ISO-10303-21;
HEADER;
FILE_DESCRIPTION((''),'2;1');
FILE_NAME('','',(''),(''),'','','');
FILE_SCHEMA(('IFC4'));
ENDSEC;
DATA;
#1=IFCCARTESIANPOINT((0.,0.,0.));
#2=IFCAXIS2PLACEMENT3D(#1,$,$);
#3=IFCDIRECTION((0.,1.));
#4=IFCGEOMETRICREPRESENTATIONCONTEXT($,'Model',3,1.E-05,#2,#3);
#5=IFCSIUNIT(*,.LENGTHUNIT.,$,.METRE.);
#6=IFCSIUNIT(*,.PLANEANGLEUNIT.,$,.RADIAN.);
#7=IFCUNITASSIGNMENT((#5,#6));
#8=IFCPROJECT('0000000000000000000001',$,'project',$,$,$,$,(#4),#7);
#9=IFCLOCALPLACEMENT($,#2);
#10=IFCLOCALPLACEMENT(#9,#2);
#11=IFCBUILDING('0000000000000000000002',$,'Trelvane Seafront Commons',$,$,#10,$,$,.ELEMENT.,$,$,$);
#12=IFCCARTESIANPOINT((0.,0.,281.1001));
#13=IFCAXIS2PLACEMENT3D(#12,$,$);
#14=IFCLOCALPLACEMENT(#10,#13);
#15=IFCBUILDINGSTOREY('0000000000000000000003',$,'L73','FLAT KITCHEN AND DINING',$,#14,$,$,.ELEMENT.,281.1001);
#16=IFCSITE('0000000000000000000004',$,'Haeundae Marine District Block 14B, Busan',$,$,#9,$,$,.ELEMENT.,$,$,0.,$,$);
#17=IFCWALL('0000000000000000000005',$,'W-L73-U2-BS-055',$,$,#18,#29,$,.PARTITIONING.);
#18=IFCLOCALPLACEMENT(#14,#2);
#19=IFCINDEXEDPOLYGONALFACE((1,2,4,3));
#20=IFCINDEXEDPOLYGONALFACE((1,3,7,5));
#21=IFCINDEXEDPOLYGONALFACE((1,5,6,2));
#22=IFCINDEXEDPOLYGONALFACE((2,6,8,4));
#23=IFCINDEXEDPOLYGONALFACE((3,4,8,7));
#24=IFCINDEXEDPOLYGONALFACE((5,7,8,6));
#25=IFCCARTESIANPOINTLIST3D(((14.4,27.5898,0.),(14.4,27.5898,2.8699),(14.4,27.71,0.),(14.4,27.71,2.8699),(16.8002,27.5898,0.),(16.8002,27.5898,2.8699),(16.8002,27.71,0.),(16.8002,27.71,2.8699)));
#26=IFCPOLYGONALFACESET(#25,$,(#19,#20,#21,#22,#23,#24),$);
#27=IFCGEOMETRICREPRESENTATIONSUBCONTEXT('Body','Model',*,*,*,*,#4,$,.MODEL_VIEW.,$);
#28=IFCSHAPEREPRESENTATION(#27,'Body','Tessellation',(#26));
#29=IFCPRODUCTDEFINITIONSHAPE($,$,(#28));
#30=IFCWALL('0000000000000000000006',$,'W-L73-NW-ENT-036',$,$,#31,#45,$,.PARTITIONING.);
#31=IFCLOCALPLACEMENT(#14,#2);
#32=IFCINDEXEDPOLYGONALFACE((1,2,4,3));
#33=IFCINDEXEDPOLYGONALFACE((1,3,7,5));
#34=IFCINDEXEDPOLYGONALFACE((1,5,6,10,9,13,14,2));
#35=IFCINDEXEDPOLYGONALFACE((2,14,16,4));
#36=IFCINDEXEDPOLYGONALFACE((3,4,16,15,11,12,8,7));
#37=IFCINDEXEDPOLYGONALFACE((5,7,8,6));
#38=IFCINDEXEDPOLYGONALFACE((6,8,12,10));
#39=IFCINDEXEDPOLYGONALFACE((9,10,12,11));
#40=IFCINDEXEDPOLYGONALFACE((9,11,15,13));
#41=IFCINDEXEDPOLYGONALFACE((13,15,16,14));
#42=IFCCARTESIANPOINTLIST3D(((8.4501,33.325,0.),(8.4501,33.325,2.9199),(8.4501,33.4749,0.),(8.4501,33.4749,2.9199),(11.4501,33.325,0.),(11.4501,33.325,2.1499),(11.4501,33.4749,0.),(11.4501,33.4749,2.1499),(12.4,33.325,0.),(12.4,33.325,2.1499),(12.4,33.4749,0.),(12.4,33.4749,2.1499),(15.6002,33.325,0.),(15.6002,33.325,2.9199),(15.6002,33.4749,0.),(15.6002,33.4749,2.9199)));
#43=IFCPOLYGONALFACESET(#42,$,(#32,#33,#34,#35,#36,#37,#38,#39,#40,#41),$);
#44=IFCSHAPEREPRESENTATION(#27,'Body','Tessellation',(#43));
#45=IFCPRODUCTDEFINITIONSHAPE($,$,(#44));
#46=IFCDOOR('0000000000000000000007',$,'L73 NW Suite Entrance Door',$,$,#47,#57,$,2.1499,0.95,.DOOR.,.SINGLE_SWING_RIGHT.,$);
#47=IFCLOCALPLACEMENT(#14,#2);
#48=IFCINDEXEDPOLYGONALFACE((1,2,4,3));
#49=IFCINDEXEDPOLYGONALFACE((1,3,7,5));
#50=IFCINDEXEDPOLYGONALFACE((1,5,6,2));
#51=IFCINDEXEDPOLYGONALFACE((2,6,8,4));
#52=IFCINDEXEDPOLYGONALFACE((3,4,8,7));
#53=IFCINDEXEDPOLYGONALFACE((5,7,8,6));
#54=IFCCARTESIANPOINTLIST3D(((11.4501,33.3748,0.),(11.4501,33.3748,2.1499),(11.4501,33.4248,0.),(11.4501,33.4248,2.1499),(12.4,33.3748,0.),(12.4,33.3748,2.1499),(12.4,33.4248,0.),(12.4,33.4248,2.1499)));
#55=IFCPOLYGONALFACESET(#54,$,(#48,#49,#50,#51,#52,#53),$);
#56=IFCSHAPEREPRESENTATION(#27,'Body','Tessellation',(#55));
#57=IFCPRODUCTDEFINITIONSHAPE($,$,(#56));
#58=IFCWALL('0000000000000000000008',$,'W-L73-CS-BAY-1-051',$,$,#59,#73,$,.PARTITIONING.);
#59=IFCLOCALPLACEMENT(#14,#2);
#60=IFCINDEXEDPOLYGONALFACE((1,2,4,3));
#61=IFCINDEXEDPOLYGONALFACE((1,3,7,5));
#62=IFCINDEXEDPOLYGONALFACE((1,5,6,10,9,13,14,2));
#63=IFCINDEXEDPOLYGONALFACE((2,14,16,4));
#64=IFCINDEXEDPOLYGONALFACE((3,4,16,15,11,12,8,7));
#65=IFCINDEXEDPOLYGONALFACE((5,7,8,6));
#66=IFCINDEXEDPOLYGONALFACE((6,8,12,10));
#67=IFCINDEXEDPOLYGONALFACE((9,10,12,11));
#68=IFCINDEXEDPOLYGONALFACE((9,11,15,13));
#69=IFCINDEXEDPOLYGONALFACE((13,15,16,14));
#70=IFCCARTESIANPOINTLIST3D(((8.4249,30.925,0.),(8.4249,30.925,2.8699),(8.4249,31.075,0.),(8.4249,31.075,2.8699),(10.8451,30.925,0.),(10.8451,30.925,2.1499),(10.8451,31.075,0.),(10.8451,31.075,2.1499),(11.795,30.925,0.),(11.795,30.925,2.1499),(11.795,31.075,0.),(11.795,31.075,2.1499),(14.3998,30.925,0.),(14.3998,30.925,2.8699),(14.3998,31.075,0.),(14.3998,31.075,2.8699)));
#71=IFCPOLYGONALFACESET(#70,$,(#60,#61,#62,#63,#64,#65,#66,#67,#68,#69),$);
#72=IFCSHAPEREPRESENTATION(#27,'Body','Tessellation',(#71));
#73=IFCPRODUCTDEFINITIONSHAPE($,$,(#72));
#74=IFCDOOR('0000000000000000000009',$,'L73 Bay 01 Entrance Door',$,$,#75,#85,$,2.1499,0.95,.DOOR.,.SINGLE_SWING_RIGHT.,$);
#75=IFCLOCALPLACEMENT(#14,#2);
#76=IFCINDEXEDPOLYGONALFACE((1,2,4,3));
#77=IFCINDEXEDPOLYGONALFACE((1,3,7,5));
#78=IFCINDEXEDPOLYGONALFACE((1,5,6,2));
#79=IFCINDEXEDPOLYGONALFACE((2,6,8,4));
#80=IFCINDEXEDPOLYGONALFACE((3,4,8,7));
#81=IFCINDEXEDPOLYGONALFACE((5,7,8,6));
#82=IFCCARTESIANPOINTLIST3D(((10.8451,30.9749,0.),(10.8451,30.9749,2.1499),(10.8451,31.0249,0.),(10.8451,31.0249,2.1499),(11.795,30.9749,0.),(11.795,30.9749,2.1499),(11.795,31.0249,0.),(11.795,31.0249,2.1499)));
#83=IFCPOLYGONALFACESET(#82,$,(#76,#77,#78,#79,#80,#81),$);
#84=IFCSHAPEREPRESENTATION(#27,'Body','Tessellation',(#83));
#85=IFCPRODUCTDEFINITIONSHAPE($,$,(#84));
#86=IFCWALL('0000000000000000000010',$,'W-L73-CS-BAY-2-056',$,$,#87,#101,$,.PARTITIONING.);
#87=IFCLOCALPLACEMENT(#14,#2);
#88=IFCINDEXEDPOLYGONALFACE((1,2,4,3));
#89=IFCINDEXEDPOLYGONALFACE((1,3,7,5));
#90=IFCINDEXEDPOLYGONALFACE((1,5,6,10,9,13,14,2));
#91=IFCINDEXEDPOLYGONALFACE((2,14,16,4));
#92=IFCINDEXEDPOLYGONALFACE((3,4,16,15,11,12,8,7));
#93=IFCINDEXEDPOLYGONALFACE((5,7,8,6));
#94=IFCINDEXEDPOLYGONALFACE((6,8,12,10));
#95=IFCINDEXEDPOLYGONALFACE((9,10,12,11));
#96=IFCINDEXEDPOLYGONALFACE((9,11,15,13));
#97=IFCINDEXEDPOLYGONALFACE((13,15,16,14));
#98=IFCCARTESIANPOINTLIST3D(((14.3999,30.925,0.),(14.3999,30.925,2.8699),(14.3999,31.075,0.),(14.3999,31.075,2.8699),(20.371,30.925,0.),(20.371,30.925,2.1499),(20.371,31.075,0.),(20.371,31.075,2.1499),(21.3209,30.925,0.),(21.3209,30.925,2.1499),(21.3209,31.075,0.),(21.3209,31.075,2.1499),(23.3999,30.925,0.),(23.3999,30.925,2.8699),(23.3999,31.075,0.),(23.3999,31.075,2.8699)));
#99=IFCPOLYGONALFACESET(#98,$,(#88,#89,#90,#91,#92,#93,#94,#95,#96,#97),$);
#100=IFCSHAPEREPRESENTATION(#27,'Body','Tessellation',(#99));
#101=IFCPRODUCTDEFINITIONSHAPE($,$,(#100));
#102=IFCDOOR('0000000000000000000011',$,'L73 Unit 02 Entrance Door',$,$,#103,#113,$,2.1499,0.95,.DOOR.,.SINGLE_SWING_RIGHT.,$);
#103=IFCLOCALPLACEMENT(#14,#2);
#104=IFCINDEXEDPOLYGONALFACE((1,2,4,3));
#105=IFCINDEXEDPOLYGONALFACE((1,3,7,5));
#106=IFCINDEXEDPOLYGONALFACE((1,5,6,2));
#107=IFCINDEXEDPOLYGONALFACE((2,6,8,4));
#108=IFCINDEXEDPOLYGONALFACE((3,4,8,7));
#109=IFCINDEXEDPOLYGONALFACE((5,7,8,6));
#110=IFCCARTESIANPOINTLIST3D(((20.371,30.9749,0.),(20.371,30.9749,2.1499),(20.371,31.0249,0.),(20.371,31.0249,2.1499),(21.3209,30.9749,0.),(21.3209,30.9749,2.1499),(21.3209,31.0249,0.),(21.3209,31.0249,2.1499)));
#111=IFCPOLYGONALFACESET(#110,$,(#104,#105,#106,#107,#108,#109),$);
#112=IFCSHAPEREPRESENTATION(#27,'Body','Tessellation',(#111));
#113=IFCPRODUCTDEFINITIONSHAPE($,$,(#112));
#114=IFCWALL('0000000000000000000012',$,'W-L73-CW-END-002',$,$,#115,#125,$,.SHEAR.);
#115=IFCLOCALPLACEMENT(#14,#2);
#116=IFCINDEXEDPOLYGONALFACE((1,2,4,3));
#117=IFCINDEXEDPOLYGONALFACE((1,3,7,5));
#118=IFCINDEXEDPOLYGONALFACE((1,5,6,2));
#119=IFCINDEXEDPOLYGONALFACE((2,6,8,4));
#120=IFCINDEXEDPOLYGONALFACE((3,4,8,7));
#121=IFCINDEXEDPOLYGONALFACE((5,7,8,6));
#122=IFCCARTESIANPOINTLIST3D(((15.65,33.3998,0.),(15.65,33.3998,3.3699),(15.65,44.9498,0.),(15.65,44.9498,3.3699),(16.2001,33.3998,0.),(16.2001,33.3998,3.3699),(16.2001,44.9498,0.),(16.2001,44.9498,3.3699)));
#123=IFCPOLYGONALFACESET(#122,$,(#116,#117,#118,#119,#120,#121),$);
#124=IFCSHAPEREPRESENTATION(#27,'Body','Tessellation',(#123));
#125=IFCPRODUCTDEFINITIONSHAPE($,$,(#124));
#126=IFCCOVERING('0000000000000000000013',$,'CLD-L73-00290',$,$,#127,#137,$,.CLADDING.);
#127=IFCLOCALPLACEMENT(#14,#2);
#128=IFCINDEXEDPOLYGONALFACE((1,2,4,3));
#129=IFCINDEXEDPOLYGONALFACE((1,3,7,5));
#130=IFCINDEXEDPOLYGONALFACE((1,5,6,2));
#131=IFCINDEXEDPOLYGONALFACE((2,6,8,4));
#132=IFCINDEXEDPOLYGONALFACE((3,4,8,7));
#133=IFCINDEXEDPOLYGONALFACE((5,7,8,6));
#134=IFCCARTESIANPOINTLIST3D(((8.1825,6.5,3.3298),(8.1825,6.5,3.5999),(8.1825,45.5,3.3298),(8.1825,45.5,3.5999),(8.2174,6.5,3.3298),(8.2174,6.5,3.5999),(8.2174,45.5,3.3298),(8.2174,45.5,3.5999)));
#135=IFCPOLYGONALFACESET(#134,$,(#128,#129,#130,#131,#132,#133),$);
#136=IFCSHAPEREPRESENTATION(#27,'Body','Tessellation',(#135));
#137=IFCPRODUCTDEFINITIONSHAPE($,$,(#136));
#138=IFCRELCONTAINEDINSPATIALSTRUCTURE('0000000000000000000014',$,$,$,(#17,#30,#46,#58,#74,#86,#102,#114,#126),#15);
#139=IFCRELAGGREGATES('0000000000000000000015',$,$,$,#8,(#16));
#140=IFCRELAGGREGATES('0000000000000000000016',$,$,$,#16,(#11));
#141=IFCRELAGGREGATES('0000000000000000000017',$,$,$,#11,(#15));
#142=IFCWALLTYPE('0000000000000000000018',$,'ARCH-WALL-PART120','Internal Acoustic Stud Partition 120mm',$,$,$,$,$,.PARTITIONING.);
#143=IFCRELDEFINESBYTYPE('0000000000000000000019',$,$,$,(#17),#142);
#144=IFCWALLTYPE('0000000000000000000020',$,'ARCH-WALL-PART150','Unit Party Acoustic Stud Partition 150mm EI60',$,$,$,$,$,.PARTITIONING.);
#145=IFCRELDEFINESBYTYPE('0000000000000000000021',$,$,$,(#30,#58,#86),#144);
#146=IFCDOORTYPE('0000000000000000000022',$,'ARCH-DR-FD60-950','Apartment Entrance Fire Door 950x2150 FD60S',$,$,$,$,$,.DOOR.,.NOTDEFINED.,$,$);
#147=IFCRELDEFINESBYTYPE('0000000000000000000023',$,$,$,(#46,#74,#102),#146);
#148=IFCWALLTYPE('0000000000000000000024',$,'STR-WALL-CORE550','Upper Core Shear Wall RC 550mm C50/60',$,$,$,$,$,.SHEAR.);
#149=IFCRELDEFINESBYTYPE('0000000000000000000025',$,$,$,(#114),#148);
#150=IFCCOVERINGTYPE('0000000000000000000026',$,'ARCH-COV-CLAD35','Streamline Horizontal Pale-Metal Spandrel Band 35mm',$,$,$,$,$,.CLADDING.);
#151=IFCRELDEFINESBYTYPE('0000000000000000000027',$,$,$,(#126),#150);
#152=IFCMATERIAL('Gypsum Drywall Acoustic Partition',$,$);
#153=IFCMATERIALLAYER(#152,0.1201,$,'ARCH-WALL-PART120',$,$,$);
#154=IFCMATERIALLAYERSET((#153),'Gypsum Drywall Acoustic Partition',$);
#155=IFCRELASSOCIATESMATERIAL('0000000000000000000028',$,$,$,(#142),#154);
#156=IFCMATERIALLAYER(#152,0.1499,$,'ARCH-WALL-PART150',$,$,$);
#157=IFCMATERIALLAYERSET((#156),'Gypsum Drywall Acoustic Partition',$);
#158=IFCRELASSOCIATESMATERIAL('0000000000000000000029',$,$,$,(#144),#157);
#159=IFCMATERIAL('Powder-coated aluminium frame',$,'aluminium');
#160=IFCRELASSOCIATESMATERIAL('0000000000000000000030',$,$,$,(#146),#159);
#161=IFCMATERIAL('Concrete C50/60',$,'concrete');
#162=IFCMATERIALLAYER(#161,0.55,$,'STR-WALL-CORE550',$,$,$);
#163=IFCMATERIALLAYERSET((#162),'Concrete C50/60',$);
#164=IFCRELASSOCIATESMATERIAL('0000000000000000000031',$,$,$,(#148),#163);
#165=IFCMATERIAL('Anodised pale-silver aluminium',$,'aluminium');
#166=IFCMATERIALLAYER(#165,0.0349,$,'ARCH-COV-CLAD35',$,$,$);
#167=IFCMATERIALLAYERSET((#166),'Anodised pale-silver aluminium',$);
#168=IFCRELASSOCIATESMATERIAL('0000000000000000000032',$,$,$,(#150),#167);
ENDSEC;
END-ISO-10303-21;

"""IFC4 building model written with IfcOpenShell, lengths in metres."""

from ifc_helpers import new_model, si_unit, direction, frame, frame_2d, origin, origin_2d, place, context, subcontext, project, spatial, rectangle, extrude, source, transform, mapped, material, layer, layer_set, type_object, element, fill, save


model = new_model("IFC4")

# Units and contexts
model_context = context("Model", 3, precision=1e-05, world=origin(), true_north=direction((0.0, 1.0)))
body_context = subcontext(model_context, "Body", "Model", "MODEL_VIEW")
ifc_project = project(units=[si_unit("LENGTHUNIT", "METRE"), si_unit("PLANEANGLEUNIT", "RADIAN")], contexts=[model_context])

# Site, building, storey
site_placement = place(None, origin())
site = spatial("IfcSite", under=ifc_project, at=site_placement, Name="Haeundae Marine District Block 14B, Busan", CompositionType="ELEMENT", RefElevation=0.0)
building_placement = place(site_placement, origin())
building = spatial("IfcBuilding", under=site, at=building_placement, Name="Trelvane Seafront Commons", CompositionType="ELEMENT")
storey_placement = place(building_placement, frame((0.0, 0.0, 281.1001)))
storey = spatial("IfcBuildingStorey", under=building, at=storey_placement, Name="L73", Description="FLAT KITCHEN AND DINING", CompositionType="ELEMENT", Elevation=281.1001)

# Shared definitions
ifc_material_1 = material(Name="Concrete C50/60", Category="concrete")

# Shared definitions
ifc_material_2 = material(Name="Gypsum Drywall Acoustic Partition")
ifc_layer_1 = layer(ifc_material_2, 0.1201, Name="ARCH-WALL-PART120")
ifc_layer_set_1 = layer_set([ifc_layer_1], Name="Gypsum Drywall Acoustic Partition")
wall_type_1 = type_object("IfcWallType", Name="ARCH-WALL-PART120", Description="Internal Acoustic Stud Partition 120mm", PredefinedType="PARTITIONING", material=ifc_layer_set_1)
shared_shape_1 = source(origin(), body_context, "Body", "SweptSolid", [
    extrude(rectangle(XDim=0.95, YDim=2.1499, at=frame_2d((0.4751, 1.075))), frame((0.0, 0.0249, 0.0), z_axis=(0.0, -1.0, 0.0), x_axis=(1.0, 0.0, 0.0)), (0.0, 0.0, 1.0), 0.05),
])

# Wall
wall_1_placement = place(storey_placement, frame((14.3999, 27.6499, 0.0), z_axis=(0.0, 0.0, 1.0), x_axis=(1.0, 0.0, 0.0)))
element("IfcWall", 1, at=wall_1_placement, inside=storey, type_object=wall_type_1, Name="W-L73-U2-BS-055", PredefinedType="PARTITIONING", context=body_context, shape_type="SweptSolid", body=[
    extrude(rectangle(XDim=2.4001, YDim=0.1201, at=frame_2d((1.2002, 0.0))), origin(), (0.0, 0.0, 1.0), 2.8699),
])

# Walls, openings, doors
ifc_layer_2 = layer(ifc_material_2, 0.1499, Name="ARCH-WALL-PART150")
ifc_layer_set_2 = layer_set([ifc_layer_2], Name="Gypsum Drywall Acoustic Partition")
wall_type_2 = type_object("IfcWallType", Name="ARCH-WALL-PART150", Description="Unit Party Acoustic Stud Partition 150mm EI60", PredefinedType="PARTITIONING", material=ifc_layer_set_2)
wall_2_placement = place(storey_placement, frame((8.45, 33.3999, 0.0), z_axis=(0.0, 0.0, 1.0), x_axis=(1.0, 0.0, 0.0)))
wall_2 = element("IfcWall", 2, at=wall_2_placement, inside=storey, type_object=wall_type_2, Name="W-L73-NW-ENT-036", PredefinedType="PARTITIONING", context=body_context, shape_type="SweptSolid", body=[
    extrude(rectangle(XDim=7.1501, YDim=0.1499, at=frame_2d((3.5752, 0.0))), origin(), (0.0, 0.0, 1.0), 2.9199),
])
opening_1_placement = place(wall_2_placement, frame((3.0, 0.0, 0.0)))
opening_1 = element("IfcOpeningElement", 3, at=opening_1_placement, cuts=wall_2, PredefinedType="OPENING", context=body_context, shape_type="SweptSolid", body=[
    extrude(rectangle(XDim=0.95, YDim=2.1499, at=frame_2d((0.4751, 1.075))), frame((0.0, 0.085, 0.0), z_axis=(0.0, -1.0, 0.0), x_axis=(1.0, 0.0, 0.0)), (0.0, 0.0, 1.0), 0.1699),
])
ifc_material_3 = material(Name="Powder-coated aluminium frame", Category="aluminium")
door_type_1 = type_object("IfcDoorType", Name="ARCH-DR-FD60-950", Description="Apartment Entrance Fire Door 950x2150 FD60S", OperationType="NOTDEFINED", PredefinedType="DOOR", material=ifc_material_3)
door_1_placement = place(opening_1_placement, origin())
door_1 = element("IfcDoor", 4, at=door_1_placement, inside=storey, type_object=door_type_1, Name="L73 NW Suite Entrance Door", OperationType="SINGLE_SWING_RIGHT", OverallHeight=2.1499, OverallWidth=0.95, PredefinedType="DOOR", context=body_context, shape_type="MappedRepresentation", body=[
    mapped(shared_shape_1, transform((0.0, 0.0, 0.0), x_axis=(1.0, 0.0, 0.0), y_axis=(0.0, 1.0, 0.0), z_axis=(0.0, 0.0, 1.0), scale=1.0)),
])
fill(opening_1, door_1)
wall_3_placement = place(storey_placement, frame((8.425, 31.0, 0.0), z_axis=(0.0, 0.0, 1.0), x_axis=(1.0, 0.0, 0.0)))
wall_3 = element("IfcWall", 5, at=wall_3_placement, inside=storey, type_object=wall_type_2, Name="W-L73-CS-BAY-1-051", PredefinedType="PARTITIONING", context=body_context, shape_type="SweptSolid", body=[
    extrude(rectangle(XDim=5.9749, YDim=0.1499, at=frame_2d((2.9873, 0.0))), origin(), (0.0, 0.0, 1.0), 2.8699),
])
opening_2_placement = place(wall_3_placement, frame((2.4199, 0.0, 0.0)))
opening_2 = element("IfcOpeningElement", 6, at=opening_2_placement, cuts=wall_3, PredefinedType="OPENING", context=body_context, shape_type="SweptSolid", body=[
    extrude(rectangle(XDim=0.95, YDim=2.1499, at=frame_2d((0.4751, 1.075))), frame((0.0, 0.085, 0.0), z_axis=(0.0, -1.0, 0.0), x_axis=(1.0, 0.0, 0.0)), (0.0, 0.0, 1.0), 0.1699),
])
door_2_placement = place(opening_2_placement, origin())
door_2 = element("IfcDoor", 7, at=door_2_placement, inside=storey, type_object=door_type_1, Name="L73 Bay 01 Entrance Door", OperationType="SINGLE_SWING_RIGHT", OverallHeight=2.1499, OverallWidth=0.95, PredefinedType="DOOR", context=body_context, shape_type="MappedRepresentation", body=[
    mapped(shared_shape_1, transform((0.0, 0.0, 0.0), x_axis=(1.0, 0.0, 0.0), y_axis=(0.0, 1.0, 0.0), z_axis=(0.0, 0.0, 1.0), scale=1.0)),
])
fill(opening_2, door_2)
wall_4_placement = place(storey_placement, frame((14.3999, 31.0, 0.0), z_axis=(0.0, 0.0, 1.0), x_axis=(1.0, 0.0, 0.0)))
wall_4 = element("IfcWall", 8, at=wall_4_placement, inside=storey, type_object=wall_type_2, Name="W-L73-CS-BAY-2-056", PredefinedType="PARTITIONING", context=body_context, shape_type="SweptSolid", body=[
    extrude(rectangle(XDim=9.0, YDim=0.1499, at=frame_2d((4.5, 0.0))), origin(), (0.0, 0.0, 1.0), 2.8699),
])
opening_3_placement = place(wall_4_placement, frame((5.9709, 0.0, 0.0)))
opening_3 = element("IfcOpeningElement", 9, at=opening_3_placement, cuts=wall_4, PredefinedType="OPENING", context=body_context, shape_type="SweptSolid", body=[
    extrude(rectangle(XDim=0.95, YDim=2.1499, at=frame_2d((0.4751, 1.075))), frame((0.0, 0.085, 0.0), z_axis=(0.0, -1.0, 0.0), x_axis=(1.0, 0.0, 0.0)), (0.0, 0.0, 1.0), 0.1699),
])
door_3_placement = place(opening_3_placement, origin())
door_3 = element("IfcDoor", 10, at=door_3_placement, inside=storey, type_object=door_type_1, Name="L73 Unit 02 Entrance Door", OperationType="SINGLE_SWING_RIGHT", OverallHeight=2.1499, OverallWidth=0.95, PredefinedType="DOOR", context=body_context, shape_type="MappedRepresentation", body=[
    mapped(shared_shape_1, transform((0.0, 0.0, 0.0), x_axis=(1.0, 0.0, 0.0), y_axis=(0.0, 1.0, 0.0), z_axis=(0.0, 0.0, 1.0), scale=1.0)),
])
fill(opening_3, door_3)

# Wall
ifc_layer_3 = layer(ifc_material_1, 0.55, Name="STR-WALL-CORE550")
ifc_layer_set_3 = layer_set([ifc_layer_3], Name="Concrete C50/60")
wall_type_3 = type_object("IfcWallType", Name="STR-WALL-CORE550", Description="Upper Core Shear Wall RC 550mm C50/60", PredefinedType="SHEAR", material=ifc_layer_set_3)
wall_5_placement = place(storey_placement, frame((15.925, 33.3999, 0.0), z_axis=(0.0, 0.0, 1.0), x_axis=(0.0, 1.0, 0.0)))
element("IfcWall", 11, at=wall_5_placement, inside=storey, type_object=wall_type_3, Name="W-L73-CW-END-002", PredefinedType="SHEAR", context=body_context, shape_type="SweptSolid", body=[
    extrude(rectangle(XDim=11.55, YDim=0.55, at=frame_2d((5.7749, 0.0))), origin(), (0.0, 0.0, 1.0), 3.3699),
])

# Covering
ifc_material_4 = material(Name="Anodised pale-silver aluminium", Category="aluminium")
ifc_layer_4 = layer(ifc_material_4, 0.0349, Name="ARCH-COV-CLAD35")
ifc_layer_set_4 = layer_set([ifc_layer_4], Name="Anodised pale-silver aluminium")
covering_type = type_object("IfcCoveringType", Name="ARCH-COV-CLAD35", Description="Streamline Horizontal Pale-Metal Spandrel Band 35mm", PredefinedType="CLADDING", material=ifc_layer_set_4)
shared_shape_2 = source(origin(), body_context, "Body", "SweptSolid", [
    extrude(rectangle(XDim=39.0, YDim=0.0349, at=origin_2d()), origin(), (0.0, 0.0, 1.0), 0.27),
])
covering_placement = place(storey_placement, frame((8.2, 26.0, 3.3298), z_axis=(0.0, 0.0, 1.0), x_axis=(0.0, 1.0, 0.0)))
element("IfcCovering", 12, at=covering_placement, inside=storey, type_object=covering_type, Name="CLD-L73-00290", PredefinedType="CLADDING", context=body_context, shape_type="MappedRepresentation", body=[
    mapped(shared_shape_2, transform((0.0, 0.0, 0.0), x_axis=(1.0, 0.0, 0.0), y_axis=(0.0, 1.0, 0.0), z_axis=(0.0, 0.0, 1.0), scale=1.0)),
])

save(model, "model.ifc")
